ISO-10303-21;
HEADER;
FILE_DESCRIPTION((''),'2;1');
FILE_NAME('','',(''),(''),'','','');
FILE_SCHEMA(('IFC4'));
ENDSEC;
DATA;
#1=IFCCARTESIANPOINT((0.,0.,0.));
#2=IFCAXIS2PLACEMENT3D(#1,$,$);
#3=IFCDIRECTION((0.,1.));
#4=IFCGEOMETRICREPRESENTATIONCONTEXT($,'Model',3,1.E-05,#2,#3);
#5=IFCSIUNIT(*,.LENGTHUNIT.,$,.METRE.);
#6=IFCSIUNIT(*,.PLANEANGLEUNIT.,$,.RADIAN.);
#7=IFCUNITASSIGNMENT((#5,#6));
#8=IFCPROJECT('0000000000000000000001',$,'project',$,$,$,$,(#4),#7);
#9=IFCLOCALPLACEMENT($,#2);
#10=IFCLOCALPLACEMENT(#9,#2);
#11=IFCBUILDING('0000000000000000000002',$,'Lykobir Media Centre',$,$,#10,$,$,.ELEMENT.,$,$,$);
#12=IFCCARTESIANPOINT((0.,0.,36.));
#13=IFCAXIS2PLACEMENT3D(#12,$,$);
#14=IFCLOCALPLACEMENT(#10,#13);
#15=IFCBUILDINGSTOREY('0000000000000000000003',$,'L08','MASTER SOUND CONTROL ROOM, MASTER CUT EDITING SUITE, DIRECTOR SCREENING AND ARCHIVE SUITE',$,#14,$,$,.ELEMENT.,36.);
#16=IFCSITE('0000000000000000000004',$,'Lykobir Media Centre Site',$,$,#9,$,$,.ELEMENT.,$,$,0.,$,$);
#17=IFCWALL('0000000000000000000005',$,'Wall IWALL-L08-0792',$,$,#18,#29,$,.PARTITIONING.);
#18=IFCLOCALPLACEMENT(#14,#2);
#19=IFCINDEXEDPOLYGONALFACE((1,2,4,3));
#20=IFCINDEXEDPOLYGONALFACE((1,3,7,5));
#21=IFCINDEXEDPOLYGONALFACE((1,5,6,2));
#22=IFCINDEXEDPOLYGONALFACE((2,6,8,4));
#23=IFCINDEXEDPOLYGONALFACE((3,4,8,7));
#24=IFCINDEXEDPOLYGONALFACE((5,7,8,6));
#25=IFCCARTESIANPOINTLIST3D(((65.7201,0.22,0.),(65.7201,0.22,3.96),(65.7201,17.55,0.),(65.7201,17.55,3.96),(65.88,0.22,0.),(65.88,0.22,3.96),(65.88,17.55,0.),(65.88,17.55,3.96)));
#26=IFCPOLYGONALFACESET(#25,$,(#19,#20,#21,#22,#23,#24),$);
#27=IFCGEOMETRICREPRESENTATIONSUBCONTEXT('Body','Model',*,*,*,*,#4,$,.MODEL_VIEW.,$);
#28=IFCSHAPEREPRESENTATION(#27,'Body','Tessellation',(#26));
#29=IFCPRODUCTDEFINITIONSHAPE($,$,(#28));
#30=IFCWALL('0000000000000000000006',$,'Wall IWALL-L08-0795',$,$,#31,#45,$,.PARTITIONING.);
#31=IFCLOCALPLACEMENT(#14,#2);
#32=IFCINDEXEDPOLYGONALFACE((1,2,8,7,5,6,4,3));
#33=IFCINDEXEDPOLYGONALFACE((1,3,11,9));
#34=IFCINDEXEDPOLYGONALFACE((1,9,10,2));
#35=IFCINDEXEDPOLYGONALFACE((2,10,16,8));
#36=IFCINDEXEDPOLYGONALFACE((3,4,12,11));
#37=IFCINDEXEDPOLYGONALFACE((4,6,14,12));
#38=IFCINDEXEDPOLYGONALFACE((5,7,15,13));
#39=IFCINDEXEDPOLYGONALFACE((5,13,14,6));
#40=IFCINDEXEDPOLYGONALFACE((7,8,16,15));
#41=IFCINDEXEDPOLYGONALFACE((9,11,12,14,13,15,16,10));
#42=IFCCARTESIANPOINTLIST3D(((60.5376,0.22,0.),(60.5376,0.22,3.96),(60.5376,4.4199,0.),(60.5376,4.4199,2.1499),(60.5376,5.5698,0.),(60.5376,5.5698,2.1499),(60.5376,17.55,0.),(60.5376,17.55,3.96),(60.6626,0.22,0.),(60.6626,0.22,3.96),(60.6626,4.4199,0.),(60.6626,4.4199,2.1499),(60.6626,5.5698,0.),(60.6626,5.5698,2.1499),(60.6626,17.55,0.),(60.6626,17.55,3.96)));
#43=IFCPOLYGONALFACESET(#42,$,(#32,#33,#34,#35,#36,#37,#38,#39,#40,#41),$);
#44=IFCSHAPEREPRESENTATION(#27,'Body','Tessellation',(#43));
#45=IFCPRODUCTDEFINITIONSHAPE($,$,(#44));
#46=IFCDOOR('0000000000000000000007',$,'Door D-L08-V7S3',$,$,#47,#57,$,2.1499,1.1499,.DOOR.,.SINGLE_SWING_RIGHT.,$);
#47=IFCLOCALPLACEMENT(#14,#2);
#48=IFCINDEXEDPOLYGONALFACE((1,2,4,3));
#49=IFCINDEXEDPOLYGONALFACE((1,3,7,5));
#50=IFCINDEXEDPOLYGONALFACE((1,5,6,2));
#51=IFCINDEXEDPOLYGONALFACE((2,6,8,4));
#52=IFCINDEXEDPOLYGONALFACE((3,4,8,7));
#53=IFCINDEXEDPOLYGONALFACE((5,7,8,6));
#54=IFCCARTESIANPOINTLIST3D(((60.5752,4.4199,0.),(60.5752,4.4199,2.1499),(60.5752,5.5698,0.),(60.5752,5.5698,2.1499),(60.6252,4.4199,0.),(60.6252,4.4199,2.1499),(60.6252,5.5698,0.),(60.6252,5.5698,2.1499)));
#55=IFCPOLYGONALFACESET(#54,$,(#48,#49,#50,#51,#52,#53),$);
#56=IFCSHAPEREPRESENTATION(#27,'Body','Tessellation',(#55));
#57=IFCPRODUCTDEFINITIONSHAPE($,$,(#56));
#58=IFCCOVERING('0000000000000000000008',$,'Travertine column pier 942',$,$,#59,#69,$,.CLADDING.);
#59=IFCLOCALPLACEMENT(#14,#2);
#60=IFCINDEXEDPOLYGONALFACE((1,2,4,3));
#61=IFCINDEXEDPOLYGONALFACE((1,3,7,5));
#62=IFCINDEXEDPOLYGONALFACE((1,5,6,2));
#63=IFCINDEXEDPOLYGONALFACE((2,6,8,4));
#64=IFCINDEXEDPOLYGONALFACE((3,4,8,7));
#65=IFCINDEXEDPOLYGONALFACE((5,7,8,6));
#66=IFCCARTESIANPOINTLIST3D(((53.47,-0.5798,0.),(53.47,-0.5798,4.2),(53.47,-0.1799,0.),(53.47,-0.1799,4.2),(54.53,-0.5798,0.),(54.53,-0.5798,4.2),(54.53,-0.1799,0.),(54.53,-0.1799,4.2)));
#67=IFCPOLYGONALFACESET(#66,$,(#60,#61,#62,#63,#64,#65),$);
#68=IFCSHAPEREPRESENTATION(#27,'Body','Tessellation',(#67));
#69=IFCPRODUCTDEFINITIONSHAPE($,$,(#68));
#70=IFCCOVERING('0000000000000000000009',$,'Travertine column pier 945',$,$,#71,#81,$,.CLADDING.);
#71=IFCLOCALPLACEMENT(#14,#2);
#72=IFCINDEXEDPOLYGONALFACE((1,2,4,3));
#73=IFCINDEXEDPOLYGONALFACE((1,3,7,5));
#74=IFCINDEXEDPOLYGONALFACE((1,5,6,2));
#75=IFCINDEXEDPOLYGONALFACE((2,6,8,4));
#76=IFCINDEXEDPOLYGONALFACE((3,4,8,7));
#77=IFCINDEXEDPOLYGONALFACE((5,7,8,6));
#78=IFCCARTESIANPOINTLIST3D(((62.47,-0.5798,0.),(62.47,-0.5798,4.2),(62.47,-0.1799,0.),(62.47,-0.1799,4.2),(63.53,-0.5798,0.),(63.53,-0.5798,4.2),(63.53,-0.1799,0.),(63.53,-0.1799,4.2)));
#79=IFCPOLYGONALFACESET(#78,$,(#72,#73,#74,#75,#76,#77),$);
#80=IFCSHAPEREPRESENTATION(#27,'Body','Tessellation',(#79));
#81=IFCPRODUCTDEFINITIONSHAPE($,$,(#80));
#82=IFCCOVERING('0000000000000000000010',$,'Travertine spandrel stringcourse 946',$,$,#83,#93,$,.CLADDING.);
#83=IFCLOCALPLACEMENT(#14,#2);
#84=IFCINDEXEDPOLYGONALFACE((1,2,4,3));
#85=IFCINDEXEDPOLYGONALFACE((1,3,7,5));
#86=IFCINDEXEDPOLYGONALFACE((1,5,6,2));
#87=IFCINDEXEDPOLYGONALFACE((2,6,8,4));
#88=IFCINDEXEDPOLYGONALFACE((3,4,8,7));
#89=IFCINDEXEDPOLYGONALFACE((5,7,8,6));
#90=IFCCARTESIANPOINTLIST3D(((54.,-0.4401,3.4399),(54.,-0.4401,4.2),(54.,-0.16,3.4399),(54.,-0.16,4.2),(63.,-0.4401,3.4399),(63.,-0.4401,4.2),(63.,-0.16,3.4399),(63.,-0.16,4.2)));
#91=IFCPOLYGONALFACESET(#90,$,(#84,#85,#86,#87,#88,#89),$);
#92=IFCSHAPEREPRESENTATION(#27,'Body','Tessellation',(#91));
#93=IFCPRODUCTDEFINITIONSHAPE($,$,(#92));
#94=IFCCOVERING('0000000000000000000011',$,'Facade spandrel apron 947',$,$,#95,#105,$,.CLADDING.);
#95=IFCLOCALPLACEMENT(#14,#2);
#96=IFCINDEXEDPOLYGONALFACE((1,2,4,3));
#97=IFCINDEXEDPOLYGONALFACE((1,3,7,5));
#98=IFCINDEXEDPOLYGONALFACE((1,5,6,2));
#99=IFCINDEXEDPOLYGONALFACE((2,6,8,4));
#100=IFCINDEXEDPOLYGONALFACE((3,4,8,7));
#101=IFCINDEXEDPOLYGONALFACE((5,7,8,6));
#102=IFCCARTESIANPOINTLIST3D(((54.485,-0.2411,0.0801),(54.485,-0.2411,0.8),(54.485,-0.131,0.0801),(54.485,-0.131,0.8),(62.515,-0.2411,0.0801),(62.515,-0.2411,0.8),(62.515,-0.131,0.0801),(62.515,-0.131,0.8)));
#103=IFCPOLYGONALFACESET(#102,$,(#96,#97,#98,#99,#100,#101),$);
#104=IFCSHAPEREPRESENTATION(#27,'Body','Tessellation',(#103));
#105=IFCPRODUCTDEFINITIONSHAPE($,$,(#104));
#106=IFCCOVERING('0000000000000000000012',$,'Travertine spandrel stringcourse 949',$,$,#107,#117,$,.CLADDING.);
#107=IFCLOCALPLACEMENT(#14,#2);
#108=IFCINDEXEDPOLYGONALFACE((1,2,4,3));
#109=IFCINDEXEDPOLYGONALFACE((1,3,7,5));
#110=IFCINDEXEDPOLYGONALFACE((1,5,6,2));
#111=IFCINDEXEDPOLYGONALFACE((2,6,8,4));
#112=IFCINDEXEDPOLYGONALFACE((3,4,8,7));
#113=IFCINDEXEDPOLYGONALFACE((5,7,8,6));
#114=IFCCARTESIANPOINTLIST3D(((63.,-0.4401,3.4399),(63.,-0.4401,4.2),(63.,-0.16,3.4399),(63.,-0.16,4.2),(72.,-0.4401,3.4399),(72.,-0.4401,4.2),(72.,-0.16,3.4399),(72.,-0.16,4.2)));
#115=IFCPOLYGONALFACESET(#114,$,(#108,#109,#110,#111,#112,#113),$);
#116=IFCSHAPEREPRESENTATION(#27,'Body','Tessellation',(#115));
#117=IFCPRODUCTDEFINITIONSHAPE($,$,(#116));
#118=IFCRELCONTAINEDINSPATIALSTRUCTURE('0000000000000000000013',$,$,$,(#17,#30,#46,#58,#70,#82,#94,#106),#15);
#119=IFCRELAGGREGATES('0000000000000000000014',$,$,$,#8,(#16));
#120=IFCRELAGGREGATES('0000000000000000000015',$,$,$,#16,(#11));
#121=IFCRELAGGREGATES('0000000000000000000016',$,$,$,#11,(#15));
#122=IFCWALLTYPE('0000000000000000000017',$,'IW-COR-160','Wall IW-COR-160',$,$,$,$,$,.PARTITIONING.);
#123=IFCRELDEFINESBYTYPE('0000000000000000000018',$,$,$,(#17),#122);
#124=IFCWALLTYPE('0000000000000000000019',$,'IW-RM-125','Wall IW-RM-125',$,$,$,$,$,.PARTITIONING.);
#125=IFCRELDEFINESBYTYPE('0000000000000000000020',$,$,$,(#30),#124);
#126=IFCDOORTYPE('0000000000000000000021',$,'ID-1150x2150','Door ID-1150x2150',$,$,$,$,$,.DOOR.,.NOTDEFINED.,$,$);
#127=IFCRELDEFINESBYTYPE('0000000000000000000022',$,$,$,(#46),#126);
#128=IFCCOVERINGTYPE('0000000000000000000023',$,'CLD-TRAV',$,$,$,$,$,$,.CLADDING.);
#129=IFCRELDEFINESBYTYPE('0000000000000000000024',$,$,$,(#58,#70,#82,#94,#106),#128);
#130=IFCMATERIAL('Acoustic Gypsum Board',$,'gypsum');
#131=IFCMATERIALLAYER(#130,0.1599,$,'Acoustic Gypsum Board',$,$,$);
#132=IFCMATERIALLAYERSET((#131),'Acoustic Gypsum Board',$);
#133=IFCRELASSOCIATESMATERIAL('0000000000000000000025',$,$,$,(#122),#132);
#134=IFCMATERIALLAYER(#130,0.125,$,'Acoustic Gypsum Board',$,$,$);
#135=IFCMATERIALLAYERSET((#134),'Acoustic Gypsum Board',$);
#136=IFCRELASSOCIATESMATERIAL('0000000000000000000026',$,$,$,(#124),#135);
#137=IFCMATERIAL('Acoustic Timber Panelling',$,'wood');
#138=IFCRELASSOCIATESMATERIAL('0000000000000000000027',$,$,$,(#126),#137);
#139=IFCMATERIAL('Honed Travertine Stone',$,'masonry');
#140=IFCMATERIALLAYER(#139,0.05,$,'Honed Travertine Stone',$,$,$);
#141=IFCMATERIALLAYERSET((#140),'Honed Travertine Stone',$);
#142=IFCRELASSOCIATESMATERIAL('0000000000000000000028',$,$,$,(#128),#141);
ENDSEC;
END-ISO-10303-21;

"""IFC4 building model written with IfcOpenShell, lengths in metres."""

from ifc_helpers import new_model, si_unit, direction, frame, frame_2d, origin, origin_2d, place, context, subcontext, project, spatial, rectangle, extrude, material, layer, layer_set, type_object, element, fill, save


model = new_model("IFC4")

# Units and contexts
model_context = context("Model", 3, precision=1e-05, world=origin(), true_north=direction((0.0, 1.0)))
body_context = subcontext(model_context, "Body", "Model", "MODEL_VIEW")
ifc_project = project(units=[si_unit("LENGTHUNIT", "METRE"), si_unit("PLANEANGLEUNIT", "RADIAN")], contexts=[model_context])

# Site, building, storey
site_placement = place(None, origin())
site = spatial("IfcSite", under=ifc_project, at=site_placement, Name="Lykobir Media Centre Site", CompositionType="ELEMENT", RefElevation=0.0)
building_placement = place(site_placement, origin())
building = spatial("IfcBuilding", under=site, at=building_placement, Name="Lykobir Media Centre", CompositionType="ELEMENT")
storey_placement = place(building_placement, frame((0.0, 0.0, 36.0)))
storey = spatial("IfcBuildingStorey", under=building, at=storey_placement, Name="L08", Description="MASTER SOUND CONTROL ROOM, MASTER CUT EDITING SUITE, DIRECTOR SCREENING AND ARCHIVE SUITE", CompositionType="ELEMENT", Elevation=36.0)

# Wall
ifc_material_1 = material(Name="Acoustic Gypsum Board", Category="gypsum")
ifc_layer_1 = layer(ifc_material_1, 0.1599, Name="Acoustic Gypsum Board")
ifc_layer_set_1 = layer_set([ifc_layer_1], Name="Acoustic Gypsum Board")
wall_type_1 = type_object("IfcWallType", Name="IW-COR-160", Description="Wall IW-COR-160", PredefinedType="PARTITIONING", material=ifc_layer_set_1)
wall_1_placement = place(storey_placement, frame((65.8, 0.22, 0.0), z_axis=(0.0, 0.0, 1.0), x_axis=(0.0, 1.0, 0.0)))
element("IfcWall", 1, at=wall_1_placement, inside=storey, type_object=wall_type_1, Name="Wall IWALL-L08-0792", PredefinedType="PARTITIONING", context=body_context, shape_type="SweptSolid", body=[
    extrude(rectangle(XDim=17.3301, YDim=0.1599, at=frame_2d((8.665, 0.0))), origin(), (0.0, 0.0, 1.0), 3.96),
])

# Wall, opening, door
ifc_layer_2 = layer(ifc_material_1, 0.125, Name="Acoustic Gypsum Board")
ifc_layer_set_2 = layer_set([ifc_layer_2], Name="Acoustic Gypsum Board")
wall_type_2 = type_object("IfcWallType", Name="IW-RM-125", Description="Wall IW-RM-125", PredefinedType="PARTITIONING", material=ifc_layer_set_2)
wall_2_placement = place(storey_placement, frame((60.6001, 0.22, 0.0), z_axis=(0.0, 0.0, 1.0), x_axis=(0.0, 1.0, 0.0)))
wall_2 = element("IfcWall", 2, at=wall_2_placement, inside=storey, type_object=wall_type_2, Name="Wall IWALL-L08-0795", PredefinedType="PARTITIONING", context=body_context, shape_type="SweptSolid", body=[
    extrude(rectangle(XDim=17.3301, YDim=0.125, at=frame_2d((8.665, 0.0))), origin(), (0.0, 0.0, 1.0), 3.96),
])
opening_1_placement = place(wall_2_placement, frame((4.2, 0.0, 0.0)))
opening_1 = element("IfcOpeningElement", 3, at=opening_1_placement, cuts=wall_2, PredefinedType="OPENING", context=body_context, shape_type="SweptSolid", body=[
    extrude(rectangle(XDim=1.1499, YDim=2.1499, at=frame_2d((0.575, 1.075))), frame((0.0, 0.0725, 0.0), z_axis=(0.0, -1.0, 0.0), x_axis=(1.0, 0.0, 0.0)), (0.0, 0.0, 1.0), 0.145),
])
ifc_material_2 = material(Name="Acoustic Timber Panelling", Category="wood")
door_type = type_object("IfcDoorType", Name="ID-1150x2150", Description="Door ID-1150x2150", OperationType="NOTDEFINED", PredefinedType="DOOR", material=ifc_material_2)
door_placement = place(opening_1_placement, origin())
door = element("IfcDoor", 4, at=door_placement, inside=storey, type_object=door_type, Name="Door D-L08-V7S3", OperationType="SINGLE_SWING_RIGHT", OverallHeight=2.1499, OverallWidth=1.1499, PredefinedType="DOOR", context=body_context, shape_type="SweptSolid", body=[
    extrude(rectangle(XDim=1.1499, YDim=2.1499, at=frame_2d((0.575, 1.075))), frame((0.0, 0.0249, 0.0), z_axis=(0.0, -1.0, 0.0), x_axis=(1.0, 0.0, 0.0)), (0.0, 0.0, 1.0), 0.05),
])
fill(opening_1, door)

# Coverings
ifc_material_3 = material(Name="Honed Travertine Stone", Category="masonry")
ifc_layer_3 = layer(ifc_material_3, 0.05, Name="Honed Travertine Stone")
ifc_layer_set_3 = layer_set([ifc_layer_3], Name="Honed Travertine Stone")
covering_type = type_object("IfcCoveringType", Name="CLD-TRAV", PredefinedType="CLADDING", material=ifc_layer_set_3)
for number, where, z_axis, x_axis, name in (
    (5, (54.0, -0.3799, 0.0), (0.0, 0.0, 1.0), (1.0, 0.0, 0.0), "Travertine column pier 942"),
    (6, (63.0, -0.3799, 0.0), (0.0, 0.0, 1.0), (1.0, 0.0, 0.0), "Travertine column pier 945"),
):
    element("IfcCovering", number, at=place(storey_placement, frame(where, z_axis=z_axis, x_axis=x_axis)), inside=storey, type_object=covering_type, Name=name, PredefinedType="CLADDING", context=body_context, shape_type="SweptSolid", body=[
        extrude(rectangle(XDim=1.0601, YDim=0.3999, at=origin_2d()), origin(), (0.0, 0.0, 1.0), 4.2),
    ])
covering_1_placement = place(storey_placement, frame((58.5, -0.3, 3.4399), z_axis=(0.0, 0.0, 1.0), x_axis=(1.0, 0.0, 0.0)))
element("IfcCovering", 7, at=covering_1_placement, inside=storey, type_object=covering_type, Name="Travertine spandrel stringcourse 946", PredefinedType="CLADDING", context=body_context, shape_type="SweptSolid", body=[
    extrude(rectangle(XDim=9.0, YDim=0.28, at=origin_2d()), origin(), (0.0, 0.0, 1.0), 0.76),
])
covering_2_placement = place(storey_placement, frame((58.5, -0.186, 0.0801), z_axis=(0.0, 0.0, 1.0), x_axis=(1.0, 0.0, 0.0)))
element("IfcCovering", 8, at=covering_2_placement, inside=storey, type_object=covering_type, Name="Facade spandrel apron 947", PredefinedType="CLADDING", context=body_context, shape_type="SweptSolid", body=[
    extrude(rectangle(XDim=8.03, YDim=0.1101, at=origin_2d()), origin(), (0.0, 0.0, 1.0), 0.72),
])
covering_3_placement = place(storey_placement, frame((67.5, -0.3, 3.4399), z_axis=(0.0, 0.0, 1.0), x_axis=(1.0, 0.0, 0.0)))
element("IfcCovering", 9, at=covering_3_placement, inside=storey, type_object=covering_type, Name="Travertine spandrel stringcourse 949", PredefinedType="CLADDING", context=body_context, shape_type="SweptSolid", body=[
    extrude(rectangle(XDim=9.0, YDim=0.28, at=origin_2d()), origin(), (0.0, 0.0, 1.0), 0.76),
])

save(model, "model.ifc")
